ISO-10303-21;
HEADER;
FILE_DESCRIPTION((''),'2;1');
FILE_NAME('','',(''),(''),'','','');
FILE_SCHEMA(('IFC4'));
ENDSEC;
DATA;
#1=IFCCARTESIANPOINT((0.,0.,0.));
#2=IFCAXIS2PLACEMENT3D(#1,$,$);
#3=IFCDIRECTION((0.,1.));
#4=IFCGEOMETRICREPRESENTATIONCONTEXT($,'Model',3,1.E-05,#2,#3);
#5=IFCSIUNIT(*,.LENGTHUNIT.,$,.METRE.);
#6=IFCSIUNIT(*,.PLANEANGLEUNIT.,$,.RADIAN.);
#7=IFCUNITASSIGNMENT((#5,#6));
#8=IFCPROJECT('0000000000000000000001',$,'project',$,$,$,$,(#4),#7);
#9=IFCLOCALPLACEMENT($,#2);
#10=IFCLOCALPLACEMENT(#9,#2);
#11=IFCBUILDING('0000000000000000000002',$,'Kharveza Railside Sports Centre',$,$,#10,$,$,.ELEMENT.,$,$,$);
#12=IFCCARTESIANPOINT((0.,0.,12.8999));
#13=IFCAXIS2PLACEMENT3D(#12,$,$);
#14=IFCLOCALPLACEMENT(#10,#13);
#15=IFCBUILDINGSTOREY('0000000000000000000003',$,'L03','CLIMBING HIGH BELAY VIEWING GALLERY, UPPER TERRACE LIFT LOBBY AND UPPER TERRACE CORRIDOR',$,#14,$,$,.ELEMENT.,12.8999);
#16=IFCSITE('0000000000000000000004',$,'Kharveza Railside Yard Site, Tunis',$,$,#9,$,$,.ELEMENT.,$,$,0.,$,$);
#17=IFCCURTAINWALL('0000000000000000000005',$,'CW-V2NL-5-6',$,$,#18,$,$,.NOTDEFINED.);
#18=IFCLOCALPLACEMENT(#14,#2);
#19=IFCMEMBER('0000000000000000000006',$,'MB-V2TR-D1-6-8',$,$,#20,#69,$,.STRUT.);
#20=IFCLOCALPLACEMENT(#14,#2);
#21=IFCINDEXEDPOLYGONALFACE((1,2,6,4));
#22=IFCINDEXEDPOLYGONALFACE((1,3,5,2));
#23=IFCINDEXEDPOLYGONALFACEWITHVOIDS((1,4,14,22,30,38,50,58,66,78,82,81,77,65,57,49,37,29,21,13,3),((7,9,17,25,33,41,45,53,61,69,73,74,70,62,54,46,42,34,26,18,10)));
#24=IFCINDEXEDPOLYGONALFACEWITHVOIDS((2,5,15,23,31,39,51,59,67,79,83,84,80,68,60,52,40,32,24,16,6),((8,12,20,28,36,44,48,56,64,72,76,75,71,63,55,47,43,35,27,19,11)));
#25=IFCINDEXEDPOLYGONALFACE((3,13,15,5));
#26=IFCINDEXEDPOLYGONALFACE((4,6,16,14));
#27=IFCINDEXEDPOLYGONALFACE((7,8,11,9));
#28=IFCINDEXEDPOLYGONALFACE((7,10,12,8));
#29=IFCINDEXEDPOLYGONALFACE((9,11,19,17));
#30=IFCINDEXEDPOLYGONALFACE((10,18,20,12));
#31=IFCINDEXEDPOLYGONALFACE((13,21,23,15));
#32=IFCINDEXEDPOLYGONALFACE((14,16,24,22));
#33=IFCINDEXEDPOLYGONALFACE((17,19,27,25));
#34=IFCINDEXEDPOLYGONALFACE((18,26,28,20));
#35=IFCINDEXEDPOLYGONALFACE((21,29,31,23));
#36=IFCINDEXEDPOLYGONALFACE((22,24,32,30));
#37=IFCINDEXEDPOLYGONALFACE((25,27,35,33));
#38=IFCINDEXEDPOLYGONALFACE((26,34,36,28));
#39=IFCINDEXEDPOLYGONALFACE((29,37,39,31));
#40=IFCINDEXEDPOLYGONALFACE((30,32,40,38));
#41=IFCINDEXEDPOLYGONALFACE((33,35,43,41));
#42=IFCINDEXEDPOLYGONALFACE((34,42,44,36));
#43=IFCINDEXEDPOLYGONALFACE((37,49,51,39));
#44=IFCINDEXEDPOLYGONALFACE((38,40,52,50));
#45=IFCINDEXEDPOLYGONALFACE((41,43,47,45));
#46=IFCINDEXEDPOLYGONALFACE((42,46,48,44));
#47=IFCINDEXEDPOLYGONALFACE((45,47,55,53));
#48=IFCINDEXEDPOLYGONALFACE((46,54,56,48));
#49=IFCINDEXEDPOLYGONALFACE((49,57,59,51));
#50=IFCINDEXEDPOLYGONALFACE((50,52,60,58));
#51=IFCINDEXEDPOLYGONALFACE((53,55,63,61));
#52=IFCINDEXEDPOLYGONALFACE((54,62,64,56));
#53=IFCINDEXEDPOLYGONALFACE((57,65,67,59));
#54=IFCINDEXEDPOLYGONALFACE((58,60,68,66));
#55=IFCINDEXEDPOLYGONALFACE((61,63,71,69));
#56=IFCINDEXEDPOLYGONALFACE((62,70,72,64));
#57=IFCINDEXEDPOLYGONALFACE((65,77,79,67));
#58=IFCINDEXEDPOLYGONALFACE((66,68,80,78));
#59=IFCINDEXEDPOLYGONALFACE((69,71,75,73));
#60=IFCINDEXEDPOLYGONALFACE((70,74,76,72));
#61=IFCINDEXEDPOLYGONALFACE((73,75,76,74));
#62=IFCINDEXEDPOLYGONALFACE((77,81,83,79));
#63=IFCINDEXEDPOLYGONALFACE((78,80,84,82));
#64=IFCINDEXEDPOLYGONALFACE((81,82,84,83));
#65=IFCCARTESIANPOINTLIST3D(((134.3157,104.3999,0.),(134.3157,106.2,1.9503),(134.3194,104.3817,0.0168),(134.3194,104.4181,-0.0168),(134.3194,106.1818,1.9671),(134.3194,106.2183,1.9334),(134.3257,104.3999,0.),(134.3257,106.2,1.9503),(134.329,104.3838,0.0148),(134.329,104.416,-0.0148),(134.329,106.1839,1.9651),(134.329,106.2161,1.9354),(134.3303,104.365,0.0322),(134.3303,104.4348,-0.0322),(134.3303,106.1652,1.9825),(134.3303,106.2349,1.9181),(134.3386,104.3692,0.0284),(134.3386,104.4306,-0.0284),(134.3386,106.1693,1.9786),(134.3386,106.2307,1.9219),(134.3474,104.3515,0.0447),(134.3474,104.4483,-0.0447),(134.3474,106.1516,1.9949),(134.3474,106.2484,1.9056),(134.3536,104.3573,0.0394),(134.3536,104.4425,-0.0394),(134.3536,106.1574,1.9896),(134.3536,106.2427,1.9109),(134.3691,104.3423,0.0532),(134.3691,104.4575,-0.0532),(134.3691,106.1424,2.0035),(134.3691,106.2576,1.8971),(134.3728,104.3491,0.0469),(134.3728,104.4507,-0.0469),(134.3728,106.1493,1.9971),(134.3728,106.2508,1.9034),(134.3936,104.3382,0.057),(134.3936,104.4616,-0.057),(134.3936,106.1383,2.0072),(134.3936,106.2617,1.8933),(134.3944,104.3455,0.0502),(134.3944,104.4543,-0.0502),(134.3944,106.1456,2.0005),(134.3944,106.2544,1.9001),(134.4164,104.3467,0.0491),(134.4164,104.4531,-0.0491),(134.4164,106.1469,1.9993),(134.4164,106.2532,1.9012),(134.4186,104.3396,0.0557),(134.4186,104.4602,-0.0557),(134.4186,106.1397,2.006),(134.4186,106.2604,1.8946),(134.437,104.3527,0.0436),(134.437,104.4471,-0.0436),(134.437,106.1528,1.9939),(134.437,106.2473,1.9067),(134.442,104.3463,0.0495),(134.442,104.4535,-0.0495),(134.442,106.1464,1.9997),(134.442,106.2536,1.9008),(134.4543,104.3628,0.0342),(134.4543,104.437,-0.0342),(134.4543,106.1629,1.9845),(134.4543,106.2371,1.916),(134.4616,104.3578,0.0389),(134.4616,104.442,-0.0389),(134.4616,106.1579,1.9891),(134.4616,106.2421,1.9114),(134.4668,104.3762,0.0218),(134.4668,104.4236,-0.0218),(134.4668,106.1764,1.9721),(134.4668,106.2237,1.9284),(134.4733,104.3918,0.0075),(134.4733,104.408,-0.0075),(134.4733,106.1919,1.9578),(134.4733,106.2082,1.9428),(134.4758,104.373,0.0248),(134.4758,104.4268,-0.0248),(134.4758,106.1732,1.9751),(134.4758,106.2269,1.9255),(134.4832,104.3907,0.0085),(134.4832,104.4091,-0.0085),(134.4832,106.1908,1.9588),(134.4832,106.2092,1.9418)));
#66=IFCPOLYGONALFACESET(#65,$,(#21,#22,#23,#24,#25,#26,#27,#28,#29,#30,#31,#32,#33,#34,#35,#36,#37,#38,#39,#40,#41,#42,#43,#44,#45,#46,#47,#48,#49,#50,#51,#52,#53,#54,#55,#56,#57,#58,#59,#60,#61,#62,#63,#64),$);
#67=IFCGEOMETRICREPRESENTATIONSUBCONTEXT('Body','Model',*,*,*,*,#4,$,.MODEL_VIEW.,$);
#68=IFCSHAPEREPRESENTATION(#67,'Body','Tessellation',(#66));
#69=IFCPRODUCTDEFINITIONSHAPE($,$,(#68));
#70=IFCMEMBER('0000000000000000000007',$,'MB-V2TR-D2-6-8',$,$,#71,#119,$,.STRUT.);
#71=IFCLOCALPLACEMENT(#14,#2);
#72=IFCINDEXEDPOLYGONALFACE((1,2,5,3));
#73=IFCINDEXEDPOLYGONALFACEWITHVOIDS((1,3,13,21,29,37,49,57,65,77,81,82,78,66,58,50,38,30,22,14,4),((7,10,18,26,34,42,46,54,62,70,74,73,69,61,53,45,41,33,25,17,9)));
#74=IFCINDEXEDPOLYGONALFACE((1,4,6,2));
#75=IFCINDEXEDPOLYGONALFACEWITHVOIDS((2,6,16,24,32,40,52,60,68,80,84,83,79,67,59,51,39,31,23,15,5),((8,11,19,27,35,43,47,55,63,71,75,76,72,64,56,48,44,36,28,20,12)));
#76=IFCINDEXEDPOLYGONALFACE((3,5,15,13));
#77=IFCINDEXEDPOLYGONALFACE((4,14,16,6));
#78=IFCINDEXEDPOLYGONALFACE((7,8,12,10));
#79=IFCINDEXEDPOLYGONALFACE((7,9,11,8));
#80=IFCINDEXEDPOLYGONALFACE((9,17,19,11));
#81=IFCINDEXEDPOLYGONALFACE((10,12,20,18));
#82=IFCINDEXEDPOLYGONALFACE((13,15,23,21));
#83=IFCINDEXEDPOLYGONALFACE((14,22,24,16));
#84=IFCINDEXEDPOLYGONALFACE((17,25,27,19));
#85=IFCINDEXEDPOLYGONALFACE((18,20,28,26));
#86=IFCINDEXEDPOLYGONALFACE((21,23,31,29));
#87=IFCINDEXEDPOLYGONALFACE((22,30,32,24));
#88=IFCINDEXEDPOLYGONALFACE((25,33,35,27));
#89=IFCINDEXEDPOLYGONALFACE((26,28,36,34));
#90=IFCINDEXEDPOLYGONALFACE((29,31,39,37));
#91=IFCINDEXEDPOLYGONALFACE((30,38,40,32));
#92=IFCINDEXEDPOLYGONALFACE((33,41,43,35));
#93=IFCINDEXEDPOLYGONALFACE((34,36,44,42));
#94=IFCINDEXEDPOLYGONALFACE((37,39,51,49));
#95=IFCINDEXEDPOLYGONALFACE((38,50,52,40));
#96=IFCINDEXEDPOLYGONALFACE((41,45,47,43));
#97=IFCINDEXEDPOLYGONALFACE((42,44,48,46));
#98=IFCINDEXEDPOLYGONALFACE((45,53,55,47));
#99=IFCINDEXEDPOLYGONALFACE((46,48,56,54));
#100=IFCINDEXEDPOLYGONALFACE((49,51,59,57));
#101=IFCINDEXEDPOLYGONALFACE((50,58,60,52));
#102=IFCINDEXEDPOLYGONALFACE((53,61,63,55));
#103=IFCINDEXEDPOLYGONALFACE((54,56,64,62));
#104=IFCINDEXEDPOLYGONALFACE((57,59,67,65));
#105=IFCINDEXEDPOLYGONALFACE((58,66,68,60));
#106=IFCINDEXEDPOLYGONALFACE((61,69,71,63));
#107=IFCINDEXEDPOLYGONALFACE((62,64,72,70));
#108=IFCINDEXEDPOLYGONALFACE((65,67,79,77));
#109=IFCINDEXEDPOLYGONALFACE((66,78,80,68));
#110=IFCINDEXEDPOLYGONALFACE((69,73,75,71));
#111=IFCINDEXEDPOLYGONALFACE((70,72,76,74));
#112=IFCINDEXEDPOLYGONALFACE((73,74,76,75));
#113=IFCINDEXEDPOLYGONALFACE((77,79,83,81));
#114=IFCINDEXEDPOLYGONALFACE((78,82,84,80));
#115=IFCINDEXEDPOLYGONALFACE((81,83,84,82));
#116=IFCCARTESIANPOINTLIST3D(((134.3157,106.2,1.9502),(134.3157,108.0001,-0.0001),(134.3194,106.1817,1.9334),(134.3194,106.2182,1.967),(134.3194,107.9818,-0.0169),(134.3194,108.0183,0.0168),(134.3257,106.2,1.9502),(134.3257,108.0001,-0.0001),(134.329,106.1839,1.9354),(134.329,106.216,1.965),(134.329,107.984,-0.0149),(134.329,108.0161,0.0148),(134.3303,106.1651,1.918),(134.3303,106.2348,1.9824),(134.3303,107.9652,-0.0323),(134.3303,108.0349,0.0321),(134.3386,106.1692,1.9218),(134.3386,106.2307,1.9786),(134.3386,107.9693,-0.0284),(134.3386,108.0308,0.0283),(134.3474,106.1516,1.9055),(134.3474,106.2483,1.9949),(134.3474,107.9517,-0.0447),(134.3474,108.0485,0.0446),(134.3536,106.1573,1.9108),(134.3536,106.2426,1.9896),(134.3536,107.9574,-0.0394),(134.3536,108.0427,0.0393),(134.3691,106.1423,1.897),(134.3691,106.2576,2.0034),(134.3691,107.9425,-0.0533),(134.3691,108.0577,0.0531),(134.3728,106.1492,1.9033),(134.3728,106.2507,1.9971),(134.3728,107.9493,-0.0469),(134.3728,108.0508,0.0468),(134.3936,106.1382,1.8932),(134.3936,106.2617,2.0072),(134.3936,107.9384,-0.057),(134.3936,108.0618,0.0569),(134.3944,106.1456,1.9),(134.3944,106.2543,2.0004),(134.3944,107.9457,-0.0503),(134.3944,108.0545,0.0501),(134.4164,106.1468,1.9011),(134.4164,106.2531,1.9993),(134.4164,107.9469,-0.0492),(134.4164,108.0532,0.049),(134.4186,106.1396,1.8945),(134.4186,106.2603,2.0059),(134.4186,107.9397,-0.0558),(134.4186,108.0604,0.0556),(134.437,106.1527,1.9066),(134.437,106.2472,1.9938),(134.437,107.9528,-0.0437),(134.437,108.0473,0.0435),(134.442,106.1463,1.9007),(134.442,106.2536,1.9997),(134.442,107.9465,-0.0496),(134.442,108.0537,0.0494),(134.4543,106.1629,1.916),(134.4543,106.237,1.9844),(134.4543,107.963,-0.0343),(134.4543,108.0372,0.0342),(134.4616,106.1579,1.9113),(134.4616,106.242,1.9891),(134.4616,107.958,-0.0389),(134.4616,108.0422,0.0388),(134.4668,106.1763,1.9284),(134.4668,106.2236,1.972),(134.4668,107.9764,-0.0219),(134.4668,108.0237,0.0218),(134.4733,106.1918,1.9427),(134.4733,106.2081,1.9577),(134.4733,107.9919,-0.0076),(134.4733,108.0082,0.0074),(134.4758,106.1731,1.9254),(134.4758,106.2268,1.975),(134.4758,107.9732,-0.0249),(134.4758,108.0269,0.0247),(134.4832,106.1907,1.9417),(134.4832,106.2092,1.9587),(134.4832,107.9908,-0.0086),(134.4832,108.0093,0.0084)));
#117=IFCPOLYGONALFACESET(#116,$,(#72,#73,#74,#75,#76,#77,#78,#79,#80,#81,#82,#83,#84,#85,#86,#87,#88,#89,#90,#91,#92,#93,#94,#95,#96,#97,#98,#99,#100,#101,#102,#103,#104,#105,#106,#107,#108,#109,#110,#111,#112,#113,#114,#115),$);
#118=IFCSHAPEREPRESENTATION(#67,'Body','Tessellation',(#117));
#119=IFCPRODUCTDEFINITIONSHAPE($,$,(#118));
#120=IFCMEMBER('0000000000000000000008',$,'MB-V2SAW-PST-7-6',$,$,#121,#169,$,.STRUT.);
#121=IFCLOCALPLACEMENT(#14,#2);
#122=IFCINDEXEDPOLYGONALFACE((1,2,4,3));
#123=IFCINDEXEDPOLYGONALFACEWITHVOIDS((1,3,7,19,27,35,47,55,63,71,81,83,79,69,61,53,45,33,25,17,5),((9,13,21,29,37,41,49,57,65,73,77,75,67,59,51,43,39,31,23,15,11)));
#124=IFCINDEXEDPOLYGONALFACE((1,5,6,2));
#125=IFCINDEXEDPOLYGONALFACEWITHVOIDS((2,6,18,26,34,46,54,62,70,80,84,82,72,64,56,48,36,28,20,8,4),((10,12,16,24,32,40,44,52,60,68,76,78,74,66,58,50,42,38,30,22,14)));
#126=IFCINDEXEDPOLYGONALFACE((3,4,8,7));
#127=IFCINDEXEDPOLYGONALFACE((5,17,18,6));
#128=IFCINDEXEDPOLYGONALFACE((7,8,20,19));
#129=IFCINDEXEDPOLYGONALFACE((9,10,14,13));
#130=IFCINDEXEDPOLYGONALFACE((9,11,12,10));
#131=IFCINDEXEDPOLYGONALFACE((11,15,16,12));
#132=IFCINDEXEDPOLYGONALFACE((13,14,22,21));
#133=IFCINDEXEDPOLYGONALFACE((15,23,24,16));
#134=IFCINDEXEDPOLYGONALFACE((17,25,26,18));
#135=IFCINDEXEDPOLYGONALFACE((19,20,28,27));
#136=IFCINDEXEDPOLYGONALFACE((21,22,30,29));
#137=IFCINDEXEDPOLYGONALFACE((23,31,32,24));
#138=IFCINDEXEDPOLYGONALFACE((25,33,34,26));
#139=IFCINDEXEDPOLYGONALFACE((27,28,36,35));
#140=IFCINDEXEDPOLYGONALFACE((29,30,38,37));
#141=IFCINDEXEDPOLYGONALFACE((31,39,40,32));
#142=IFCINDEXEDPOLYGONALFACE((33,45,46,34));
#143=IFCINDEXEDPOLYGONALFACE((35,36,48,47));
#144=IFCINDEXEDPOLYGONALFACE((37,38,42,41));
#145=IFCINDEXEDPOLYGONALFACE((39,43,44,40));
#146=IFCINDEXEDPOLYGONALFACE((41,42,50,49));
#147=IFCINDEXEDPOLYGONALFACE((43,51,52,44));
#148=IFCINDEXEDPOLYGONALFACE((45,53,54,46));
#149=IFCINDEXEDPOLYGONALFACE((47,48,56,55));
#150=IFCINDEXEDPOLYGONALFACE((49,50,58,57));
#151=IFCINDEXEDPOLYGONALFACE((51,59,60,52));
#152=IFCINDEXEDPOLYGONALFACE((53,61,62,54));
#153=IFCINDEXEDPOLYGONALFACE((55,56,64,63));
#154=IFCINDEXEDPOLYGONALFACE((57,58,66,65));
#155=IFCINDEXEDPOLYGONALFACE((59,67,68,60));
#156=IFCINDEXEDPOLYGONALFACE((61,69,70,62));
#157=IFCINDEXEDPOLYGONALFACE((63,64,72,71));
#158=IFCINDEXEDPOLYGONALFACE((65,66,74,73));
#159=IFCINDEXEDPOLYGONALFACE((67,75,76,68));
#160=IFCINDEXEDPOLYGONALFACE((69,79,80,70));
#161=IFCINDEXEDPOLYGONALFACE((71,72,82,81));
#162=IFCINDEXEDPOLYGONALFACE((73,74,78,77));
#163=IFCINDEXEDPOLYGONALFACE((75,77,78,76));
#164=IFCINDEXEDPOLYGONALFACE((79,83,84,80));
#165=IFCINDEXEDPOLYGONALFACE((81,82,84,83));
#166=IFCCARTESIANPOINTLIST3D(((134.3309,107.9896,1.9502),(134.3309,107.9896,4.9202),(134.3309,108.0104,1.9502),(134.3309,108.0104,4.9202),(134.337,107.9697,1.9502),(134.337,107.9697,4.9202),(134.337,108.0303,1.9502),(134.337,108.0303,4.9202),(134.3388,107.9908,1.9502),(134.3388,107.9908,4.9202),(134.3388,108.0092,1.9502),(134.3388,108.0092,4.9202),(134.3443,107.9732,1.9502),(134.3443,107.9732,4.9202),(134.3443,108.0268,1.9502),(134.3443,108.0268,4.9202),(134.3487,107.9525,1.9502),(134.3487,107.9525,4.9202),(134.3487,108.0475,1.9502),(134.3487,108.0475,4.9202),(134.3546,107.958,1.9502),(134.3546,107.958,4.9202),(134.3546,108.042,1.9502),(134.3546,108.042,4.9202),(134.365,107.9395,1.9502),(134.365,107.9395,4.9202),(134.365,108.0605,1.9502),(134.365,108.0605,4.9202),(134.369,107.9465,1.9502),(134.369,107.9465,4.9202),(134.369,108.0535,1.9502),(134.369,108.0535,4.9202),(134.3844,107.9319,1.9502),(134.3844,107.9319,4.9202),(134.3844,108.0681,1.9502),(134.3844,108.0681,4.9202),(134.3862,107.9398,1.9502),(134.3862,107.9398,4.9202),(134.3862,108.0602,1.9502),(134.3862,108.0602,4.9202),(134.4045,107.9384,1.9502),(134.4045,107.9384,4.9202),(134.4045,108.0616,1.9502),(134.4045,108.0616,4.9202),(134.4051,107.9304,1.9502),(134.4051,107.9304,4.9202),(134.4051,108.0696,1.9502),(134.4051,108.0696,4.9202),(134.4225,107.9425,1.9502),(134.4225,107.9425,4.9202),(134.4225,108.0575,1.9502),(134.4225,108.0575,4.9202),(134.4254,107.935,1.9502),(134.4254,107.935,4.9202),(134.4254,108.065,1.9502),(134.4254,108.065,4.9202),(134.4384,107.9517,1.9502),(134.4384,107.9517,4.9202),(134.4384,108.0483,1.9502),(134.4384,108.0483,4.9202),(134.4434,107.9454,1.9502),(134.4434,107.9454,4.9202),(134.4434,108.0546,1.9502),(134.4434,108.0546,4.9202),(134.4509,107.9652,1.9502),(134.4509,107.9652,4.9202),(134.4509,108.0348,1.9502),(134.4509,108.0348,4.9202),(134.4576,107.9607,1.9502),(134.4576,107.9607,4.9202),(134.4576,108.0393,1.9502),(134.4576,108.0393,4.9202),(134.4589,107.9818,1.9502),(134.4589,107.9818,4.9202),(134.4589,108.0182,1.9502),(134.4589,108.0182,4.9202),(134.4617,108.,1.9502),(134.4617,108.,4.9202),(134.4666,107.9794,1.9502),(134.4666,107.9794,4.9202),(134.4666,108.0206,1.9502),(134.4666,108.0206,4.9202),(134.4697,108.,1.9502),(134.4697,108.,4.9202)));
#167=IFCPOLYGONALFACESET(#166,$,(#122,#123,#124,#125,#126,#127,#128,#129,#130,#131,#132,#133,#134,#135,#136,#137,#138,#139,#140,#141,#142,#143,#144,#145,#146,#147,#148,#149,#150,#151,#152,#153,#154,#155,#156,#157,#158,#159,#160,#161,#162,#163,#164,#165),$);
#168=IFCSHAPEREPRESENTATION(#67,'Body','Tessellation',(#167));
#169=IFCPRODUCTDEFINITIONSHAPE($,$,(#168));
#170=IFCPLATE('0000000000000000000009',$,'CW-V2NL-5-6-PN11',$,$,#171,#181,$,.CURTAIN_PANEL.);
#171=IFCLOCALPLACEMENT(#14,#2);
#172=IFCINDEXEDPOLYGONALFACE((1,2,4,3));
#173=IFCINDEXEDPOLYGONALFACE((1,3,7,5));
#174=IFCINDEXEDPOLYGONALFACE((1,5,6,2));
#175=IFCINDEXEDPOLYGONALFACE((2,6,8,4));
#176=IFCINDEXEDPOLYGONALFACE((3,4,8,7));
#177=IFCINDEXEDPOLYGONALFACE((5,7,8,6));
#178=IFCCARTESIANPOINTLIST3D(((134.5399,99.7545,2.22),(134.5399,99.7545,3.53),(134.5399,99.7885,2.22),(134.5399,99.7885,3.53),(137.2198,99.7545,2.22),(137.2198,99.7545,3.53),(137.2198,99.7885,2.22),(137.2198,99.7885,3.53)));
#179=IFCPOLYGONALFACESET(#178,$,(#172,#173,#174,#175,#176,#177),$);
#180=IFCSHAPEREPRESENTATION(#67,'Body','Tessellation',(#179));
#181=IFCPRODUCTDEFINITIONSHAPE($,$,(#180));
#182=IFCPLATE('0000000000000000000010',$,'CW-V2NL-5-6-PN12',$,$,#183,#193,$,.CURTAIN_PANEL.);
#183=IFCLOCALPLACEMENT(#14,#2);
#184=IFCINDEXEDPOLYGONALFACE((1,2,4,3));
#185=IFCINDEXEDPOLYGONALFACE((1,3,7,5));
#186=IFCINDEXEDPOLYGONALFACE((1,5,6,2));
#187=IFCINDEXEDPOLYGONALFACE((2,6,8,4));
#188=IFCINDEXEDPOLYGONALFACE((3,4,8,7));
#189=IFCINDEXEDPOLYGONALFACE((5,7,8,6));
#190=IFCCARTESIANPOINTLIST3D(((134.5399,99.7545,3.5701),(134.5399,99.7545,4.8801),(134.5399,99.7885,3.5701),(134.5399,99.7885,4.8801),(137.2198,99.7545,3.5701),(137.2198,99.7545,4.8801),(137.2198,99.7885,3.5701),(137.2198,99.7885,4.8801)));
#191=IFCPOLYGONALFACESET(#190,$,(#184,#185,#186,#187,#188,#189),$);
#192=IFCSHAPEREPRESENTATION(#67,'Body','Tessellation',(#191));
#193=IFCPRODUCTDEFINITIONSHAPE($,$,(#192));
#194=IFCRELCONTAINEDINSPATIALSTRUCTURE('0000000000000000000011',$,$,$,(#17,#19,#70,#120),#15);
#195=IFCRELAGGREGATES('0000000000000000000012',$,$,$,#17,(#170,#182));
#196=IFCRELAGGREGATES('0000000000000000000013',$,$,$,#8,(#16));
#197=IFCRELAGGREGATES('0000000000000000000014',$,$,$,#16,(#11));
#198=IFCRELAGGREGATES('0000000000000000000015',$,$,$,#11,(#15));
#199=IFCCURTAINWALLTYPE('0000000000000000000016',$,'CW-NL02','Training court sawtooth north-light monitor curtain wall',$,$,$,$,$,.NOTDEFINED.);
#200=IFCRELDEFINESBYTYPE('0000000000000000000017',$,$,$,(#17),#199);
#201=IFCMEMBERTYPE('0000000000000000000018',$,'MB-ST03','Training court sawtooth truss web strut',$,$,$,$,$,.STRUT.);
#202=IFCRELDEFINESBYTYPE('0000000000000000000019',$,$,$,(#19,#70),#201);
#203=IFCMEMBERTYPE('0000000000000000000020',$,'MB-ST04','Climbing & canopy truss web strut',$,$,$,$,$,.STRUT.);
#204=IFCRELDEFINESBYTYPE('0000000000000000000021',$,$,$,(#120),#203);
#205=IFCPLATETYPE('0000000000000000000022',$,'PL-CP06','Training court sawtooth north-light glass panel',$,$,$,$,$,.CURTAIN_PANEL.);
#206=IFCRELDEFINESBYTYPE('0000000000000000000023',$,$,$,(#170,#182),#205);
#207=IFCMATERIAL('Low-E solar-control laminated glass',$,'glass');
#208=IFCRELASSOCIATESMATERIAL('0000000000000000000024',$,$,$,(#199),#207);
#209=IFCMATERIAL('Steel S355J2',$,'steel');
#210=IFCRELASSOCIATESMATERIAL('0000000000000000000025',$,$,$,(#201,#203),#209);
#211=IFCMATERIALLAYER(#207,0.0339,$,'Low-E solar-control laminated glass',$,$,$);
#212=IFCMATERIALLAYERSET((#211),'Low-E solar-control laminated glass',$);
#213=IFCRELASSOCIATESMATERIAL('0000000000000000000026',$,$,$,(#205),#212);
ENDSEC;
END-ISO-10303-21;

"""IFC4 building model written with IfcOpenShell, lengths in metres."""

from ifc_helpers import new_model, si_unit, direction, frame, origin, origin_2d, place, context, subcontext, project, spatial, rectangle, hollow_circle, extrude, material, layer, layer_set, material_profile, profile_set, type_object, element, aggregate, save


model = new_model("IFC4")

# Units and contexts
model_context = context("Model", 3, precision=1e-05, world=origin(), true_north=direction((0.0, 1.0)))
body_context = subcontext(model_context, "Body", "Model", "MODEL_VIEW")
ifc_project = project(units=[si_unit("LENGTHUNIT", "METRE"), si_unit("PLANEANGLEUNIT", "RADIAN")], contexts=[model_context])

# Site, building, storey
site_placement = place(None, origin())
site = spatial("IfcSite", under=ifc_project, at=site_placement, Name="Kharveza Railside Yard Site, Tunis", CompositionType="ELEMENT", RefElevation=0.0)
building_placement = place(site_placement, origin())
building = spatial("IfcBuilding", under=site, at=building_placement, Name="Kharveza Railside Sports Centre", CompositionType="ELEMENT")
storey_placement = place(building_placement, frame((0.0, 0.0, 12.8999)))
storey = spatial("IfcBuildingStorey", under=building, at=storey_placement, Name="L03", Description="CLIMBING HIGH BELAY VIEWING GALLERY, UPPER TERRACE LIFT LOBBY AND UPPER TERRACE CORRIDOR", CompositionType="ELEMENT", Elevation=12.8999)

# Curtain wall
ifc_material_1 = material(Name="Low-E solar-control laminated glass", Category="glass")
curtain_wall_type = type_object("IfcCurtainWallType", Name="CW-NL02", Description="Training court sawtooth north-light monitor curtain wall", PredefinedType="NOTDEFINED", material=ifc_material_1)
curtain_wall_1_placement = place(storey_placement, origin())
curtain_wall_1 = element("IfcCurtainWall", 1, at=curtain_wall_1_placement, inside=storey, type_object=curtain_wall_type, Name="CW-V2NL-5-6", PredefinedType="NOTDEFINED")

# Members
ifc_material_2 = material(Name="Steel S355J2", Category="steel")
ifc_material_profile_1 = material_profile(ifc_material_2, hollow_circle(Radius=0.0842, WallThickness=0.01, at=origin_2d()), Name="CHS 168.3x10.0")
ifc_profile_set_1 = profile_set([ifc_material_profile_1], Name="Steel S355J2")
member_type_1 = type_object("IfcMemberType", Name="MB-ST03", Description="Training court sawtooth truss web strut", PredefinedType="STRUT", material=ifc_profile_set_1)
for number, where, z_axis, x_axis, name in (
    (2, (134.3999, 104.3999, 0.0), (0.0, 0.678253, 0.734828), (-1.0, 0.0, 0.0), "MB-V2TR-D1-6-8"),
    (3, (134.3999, 106.2, 1.9502), (0.0, 0.678253, -0.734828), (-1.0, 0.0, 0.0), "MB-V2TR-D2-6-8"),
):
    element("IfcMember", number, at=place(storey_placement, frame(where, z_axis=z_axis, x_axis=x_axis)), inside=storey, type_object=member_type_1, Name=name, PredefinedType="STRUT", context=body_context, shape_type="SweptSolid", body=[
        extrude(hollow_circle(Radius=0.0842, WallThickness=0.01, at=origin_2d()), origin(), (0.0, 0.0, 1.0), 2.6541),
    ])
ifc_material_profile_2 = material_profile(ifc_material_2, hollow_circle(Radius=0.0698, WallThickness=0.0081, at=origin_2d()), Name="CHS 139.7x8.0")
ifc_profile_set_2 = profile_set([ifc_material_profile_2], Name="Steel S355J2")
member_type_2 = type_object("IfcMemberType", Name="MB-ST04", Description="Climbing & canopy truss web strut", PredefinedType="STRUT", material=ifc_profile_set_2)
member_1_placement = place(storey_placement, frame((134.3999, 108.0, 1.9502), z_axis=(0.0, 0.0, 1.0), x_axis=(1.0, 0.0, 0.0)))
element("IfcMember", 4, at=member_1_placement, inside=storey, type_object=member_type_2, Name="MB-V2SAW-PST-7-6", PredefinedType="STRUT", context=body_context, shape_type="SweptSolid", body=[
    extrude(hollow_circle(Radius=0.0698, WallThickness=0.0081, at=origin_2d()), origin(), (0.0, 0.0, 1.0), 2.97),
])

# Plates
ifc_layer_1 = layer(ifc_material_1, 0.0339, Name="Low-E solar-control laminated glass")
ifc_layer_set_1 = layer_set([ifc_layer_1], Name="Low-E solar-control laminated glass")
plate_type_1 = type_object("IfcPlateType", Name="PL-CP06", Description="Training court sawtooth north-light glass panel", PredefinedType="CURTAIN_PANEL", material=ifc_layer_set_1)
plate_1_placement = place(storey_placement, frame((135.8799, 99.7715, 2.22), z_axis=(0.0, 0.0, 1.0), x_axis=(1.0, 0.0, 0.0)))
plate_1 = element("IfcPlate", 5, at=plate_1_placement, type_object=plate_type_1, Name="CW-V2NL-5-6-PN11", PredefinedType="CURTAIN_PANEL", context=body_context, shape_type="SweptSolid", body=[
    extrude(rectangle(XDim=2.6799, YDim=0.0339, at=origin_2d()), origin(), (0.0, 0.0, 1.0), 1.3101),
])
plate_2_placement = place(storey_placement, frame((135.8799, 99.7715, 3.5701), z_axis=(0.0, 0.0, 1.0), x_axis=(1.0, 0.0, 0.0)))
plate_2 = element("IfcPlate", 6, at=plate_2_placement, type_object=plate_type_1, Name="CW-V2NL-5-6-PN12", PredefinedType="CURTAIN_PANEL", context=body_context, shape_type="SweptSolid", body=[
    extrude(rectangle(XDim=2.6799, YDim=0.0339, at=origin_2d()), origin(), (0.0, 0.0, 1.0), 1.3101),
])
aggregate(curtain_wall_1, [plate_1, plate_2])

save(model, "model.ifc")
